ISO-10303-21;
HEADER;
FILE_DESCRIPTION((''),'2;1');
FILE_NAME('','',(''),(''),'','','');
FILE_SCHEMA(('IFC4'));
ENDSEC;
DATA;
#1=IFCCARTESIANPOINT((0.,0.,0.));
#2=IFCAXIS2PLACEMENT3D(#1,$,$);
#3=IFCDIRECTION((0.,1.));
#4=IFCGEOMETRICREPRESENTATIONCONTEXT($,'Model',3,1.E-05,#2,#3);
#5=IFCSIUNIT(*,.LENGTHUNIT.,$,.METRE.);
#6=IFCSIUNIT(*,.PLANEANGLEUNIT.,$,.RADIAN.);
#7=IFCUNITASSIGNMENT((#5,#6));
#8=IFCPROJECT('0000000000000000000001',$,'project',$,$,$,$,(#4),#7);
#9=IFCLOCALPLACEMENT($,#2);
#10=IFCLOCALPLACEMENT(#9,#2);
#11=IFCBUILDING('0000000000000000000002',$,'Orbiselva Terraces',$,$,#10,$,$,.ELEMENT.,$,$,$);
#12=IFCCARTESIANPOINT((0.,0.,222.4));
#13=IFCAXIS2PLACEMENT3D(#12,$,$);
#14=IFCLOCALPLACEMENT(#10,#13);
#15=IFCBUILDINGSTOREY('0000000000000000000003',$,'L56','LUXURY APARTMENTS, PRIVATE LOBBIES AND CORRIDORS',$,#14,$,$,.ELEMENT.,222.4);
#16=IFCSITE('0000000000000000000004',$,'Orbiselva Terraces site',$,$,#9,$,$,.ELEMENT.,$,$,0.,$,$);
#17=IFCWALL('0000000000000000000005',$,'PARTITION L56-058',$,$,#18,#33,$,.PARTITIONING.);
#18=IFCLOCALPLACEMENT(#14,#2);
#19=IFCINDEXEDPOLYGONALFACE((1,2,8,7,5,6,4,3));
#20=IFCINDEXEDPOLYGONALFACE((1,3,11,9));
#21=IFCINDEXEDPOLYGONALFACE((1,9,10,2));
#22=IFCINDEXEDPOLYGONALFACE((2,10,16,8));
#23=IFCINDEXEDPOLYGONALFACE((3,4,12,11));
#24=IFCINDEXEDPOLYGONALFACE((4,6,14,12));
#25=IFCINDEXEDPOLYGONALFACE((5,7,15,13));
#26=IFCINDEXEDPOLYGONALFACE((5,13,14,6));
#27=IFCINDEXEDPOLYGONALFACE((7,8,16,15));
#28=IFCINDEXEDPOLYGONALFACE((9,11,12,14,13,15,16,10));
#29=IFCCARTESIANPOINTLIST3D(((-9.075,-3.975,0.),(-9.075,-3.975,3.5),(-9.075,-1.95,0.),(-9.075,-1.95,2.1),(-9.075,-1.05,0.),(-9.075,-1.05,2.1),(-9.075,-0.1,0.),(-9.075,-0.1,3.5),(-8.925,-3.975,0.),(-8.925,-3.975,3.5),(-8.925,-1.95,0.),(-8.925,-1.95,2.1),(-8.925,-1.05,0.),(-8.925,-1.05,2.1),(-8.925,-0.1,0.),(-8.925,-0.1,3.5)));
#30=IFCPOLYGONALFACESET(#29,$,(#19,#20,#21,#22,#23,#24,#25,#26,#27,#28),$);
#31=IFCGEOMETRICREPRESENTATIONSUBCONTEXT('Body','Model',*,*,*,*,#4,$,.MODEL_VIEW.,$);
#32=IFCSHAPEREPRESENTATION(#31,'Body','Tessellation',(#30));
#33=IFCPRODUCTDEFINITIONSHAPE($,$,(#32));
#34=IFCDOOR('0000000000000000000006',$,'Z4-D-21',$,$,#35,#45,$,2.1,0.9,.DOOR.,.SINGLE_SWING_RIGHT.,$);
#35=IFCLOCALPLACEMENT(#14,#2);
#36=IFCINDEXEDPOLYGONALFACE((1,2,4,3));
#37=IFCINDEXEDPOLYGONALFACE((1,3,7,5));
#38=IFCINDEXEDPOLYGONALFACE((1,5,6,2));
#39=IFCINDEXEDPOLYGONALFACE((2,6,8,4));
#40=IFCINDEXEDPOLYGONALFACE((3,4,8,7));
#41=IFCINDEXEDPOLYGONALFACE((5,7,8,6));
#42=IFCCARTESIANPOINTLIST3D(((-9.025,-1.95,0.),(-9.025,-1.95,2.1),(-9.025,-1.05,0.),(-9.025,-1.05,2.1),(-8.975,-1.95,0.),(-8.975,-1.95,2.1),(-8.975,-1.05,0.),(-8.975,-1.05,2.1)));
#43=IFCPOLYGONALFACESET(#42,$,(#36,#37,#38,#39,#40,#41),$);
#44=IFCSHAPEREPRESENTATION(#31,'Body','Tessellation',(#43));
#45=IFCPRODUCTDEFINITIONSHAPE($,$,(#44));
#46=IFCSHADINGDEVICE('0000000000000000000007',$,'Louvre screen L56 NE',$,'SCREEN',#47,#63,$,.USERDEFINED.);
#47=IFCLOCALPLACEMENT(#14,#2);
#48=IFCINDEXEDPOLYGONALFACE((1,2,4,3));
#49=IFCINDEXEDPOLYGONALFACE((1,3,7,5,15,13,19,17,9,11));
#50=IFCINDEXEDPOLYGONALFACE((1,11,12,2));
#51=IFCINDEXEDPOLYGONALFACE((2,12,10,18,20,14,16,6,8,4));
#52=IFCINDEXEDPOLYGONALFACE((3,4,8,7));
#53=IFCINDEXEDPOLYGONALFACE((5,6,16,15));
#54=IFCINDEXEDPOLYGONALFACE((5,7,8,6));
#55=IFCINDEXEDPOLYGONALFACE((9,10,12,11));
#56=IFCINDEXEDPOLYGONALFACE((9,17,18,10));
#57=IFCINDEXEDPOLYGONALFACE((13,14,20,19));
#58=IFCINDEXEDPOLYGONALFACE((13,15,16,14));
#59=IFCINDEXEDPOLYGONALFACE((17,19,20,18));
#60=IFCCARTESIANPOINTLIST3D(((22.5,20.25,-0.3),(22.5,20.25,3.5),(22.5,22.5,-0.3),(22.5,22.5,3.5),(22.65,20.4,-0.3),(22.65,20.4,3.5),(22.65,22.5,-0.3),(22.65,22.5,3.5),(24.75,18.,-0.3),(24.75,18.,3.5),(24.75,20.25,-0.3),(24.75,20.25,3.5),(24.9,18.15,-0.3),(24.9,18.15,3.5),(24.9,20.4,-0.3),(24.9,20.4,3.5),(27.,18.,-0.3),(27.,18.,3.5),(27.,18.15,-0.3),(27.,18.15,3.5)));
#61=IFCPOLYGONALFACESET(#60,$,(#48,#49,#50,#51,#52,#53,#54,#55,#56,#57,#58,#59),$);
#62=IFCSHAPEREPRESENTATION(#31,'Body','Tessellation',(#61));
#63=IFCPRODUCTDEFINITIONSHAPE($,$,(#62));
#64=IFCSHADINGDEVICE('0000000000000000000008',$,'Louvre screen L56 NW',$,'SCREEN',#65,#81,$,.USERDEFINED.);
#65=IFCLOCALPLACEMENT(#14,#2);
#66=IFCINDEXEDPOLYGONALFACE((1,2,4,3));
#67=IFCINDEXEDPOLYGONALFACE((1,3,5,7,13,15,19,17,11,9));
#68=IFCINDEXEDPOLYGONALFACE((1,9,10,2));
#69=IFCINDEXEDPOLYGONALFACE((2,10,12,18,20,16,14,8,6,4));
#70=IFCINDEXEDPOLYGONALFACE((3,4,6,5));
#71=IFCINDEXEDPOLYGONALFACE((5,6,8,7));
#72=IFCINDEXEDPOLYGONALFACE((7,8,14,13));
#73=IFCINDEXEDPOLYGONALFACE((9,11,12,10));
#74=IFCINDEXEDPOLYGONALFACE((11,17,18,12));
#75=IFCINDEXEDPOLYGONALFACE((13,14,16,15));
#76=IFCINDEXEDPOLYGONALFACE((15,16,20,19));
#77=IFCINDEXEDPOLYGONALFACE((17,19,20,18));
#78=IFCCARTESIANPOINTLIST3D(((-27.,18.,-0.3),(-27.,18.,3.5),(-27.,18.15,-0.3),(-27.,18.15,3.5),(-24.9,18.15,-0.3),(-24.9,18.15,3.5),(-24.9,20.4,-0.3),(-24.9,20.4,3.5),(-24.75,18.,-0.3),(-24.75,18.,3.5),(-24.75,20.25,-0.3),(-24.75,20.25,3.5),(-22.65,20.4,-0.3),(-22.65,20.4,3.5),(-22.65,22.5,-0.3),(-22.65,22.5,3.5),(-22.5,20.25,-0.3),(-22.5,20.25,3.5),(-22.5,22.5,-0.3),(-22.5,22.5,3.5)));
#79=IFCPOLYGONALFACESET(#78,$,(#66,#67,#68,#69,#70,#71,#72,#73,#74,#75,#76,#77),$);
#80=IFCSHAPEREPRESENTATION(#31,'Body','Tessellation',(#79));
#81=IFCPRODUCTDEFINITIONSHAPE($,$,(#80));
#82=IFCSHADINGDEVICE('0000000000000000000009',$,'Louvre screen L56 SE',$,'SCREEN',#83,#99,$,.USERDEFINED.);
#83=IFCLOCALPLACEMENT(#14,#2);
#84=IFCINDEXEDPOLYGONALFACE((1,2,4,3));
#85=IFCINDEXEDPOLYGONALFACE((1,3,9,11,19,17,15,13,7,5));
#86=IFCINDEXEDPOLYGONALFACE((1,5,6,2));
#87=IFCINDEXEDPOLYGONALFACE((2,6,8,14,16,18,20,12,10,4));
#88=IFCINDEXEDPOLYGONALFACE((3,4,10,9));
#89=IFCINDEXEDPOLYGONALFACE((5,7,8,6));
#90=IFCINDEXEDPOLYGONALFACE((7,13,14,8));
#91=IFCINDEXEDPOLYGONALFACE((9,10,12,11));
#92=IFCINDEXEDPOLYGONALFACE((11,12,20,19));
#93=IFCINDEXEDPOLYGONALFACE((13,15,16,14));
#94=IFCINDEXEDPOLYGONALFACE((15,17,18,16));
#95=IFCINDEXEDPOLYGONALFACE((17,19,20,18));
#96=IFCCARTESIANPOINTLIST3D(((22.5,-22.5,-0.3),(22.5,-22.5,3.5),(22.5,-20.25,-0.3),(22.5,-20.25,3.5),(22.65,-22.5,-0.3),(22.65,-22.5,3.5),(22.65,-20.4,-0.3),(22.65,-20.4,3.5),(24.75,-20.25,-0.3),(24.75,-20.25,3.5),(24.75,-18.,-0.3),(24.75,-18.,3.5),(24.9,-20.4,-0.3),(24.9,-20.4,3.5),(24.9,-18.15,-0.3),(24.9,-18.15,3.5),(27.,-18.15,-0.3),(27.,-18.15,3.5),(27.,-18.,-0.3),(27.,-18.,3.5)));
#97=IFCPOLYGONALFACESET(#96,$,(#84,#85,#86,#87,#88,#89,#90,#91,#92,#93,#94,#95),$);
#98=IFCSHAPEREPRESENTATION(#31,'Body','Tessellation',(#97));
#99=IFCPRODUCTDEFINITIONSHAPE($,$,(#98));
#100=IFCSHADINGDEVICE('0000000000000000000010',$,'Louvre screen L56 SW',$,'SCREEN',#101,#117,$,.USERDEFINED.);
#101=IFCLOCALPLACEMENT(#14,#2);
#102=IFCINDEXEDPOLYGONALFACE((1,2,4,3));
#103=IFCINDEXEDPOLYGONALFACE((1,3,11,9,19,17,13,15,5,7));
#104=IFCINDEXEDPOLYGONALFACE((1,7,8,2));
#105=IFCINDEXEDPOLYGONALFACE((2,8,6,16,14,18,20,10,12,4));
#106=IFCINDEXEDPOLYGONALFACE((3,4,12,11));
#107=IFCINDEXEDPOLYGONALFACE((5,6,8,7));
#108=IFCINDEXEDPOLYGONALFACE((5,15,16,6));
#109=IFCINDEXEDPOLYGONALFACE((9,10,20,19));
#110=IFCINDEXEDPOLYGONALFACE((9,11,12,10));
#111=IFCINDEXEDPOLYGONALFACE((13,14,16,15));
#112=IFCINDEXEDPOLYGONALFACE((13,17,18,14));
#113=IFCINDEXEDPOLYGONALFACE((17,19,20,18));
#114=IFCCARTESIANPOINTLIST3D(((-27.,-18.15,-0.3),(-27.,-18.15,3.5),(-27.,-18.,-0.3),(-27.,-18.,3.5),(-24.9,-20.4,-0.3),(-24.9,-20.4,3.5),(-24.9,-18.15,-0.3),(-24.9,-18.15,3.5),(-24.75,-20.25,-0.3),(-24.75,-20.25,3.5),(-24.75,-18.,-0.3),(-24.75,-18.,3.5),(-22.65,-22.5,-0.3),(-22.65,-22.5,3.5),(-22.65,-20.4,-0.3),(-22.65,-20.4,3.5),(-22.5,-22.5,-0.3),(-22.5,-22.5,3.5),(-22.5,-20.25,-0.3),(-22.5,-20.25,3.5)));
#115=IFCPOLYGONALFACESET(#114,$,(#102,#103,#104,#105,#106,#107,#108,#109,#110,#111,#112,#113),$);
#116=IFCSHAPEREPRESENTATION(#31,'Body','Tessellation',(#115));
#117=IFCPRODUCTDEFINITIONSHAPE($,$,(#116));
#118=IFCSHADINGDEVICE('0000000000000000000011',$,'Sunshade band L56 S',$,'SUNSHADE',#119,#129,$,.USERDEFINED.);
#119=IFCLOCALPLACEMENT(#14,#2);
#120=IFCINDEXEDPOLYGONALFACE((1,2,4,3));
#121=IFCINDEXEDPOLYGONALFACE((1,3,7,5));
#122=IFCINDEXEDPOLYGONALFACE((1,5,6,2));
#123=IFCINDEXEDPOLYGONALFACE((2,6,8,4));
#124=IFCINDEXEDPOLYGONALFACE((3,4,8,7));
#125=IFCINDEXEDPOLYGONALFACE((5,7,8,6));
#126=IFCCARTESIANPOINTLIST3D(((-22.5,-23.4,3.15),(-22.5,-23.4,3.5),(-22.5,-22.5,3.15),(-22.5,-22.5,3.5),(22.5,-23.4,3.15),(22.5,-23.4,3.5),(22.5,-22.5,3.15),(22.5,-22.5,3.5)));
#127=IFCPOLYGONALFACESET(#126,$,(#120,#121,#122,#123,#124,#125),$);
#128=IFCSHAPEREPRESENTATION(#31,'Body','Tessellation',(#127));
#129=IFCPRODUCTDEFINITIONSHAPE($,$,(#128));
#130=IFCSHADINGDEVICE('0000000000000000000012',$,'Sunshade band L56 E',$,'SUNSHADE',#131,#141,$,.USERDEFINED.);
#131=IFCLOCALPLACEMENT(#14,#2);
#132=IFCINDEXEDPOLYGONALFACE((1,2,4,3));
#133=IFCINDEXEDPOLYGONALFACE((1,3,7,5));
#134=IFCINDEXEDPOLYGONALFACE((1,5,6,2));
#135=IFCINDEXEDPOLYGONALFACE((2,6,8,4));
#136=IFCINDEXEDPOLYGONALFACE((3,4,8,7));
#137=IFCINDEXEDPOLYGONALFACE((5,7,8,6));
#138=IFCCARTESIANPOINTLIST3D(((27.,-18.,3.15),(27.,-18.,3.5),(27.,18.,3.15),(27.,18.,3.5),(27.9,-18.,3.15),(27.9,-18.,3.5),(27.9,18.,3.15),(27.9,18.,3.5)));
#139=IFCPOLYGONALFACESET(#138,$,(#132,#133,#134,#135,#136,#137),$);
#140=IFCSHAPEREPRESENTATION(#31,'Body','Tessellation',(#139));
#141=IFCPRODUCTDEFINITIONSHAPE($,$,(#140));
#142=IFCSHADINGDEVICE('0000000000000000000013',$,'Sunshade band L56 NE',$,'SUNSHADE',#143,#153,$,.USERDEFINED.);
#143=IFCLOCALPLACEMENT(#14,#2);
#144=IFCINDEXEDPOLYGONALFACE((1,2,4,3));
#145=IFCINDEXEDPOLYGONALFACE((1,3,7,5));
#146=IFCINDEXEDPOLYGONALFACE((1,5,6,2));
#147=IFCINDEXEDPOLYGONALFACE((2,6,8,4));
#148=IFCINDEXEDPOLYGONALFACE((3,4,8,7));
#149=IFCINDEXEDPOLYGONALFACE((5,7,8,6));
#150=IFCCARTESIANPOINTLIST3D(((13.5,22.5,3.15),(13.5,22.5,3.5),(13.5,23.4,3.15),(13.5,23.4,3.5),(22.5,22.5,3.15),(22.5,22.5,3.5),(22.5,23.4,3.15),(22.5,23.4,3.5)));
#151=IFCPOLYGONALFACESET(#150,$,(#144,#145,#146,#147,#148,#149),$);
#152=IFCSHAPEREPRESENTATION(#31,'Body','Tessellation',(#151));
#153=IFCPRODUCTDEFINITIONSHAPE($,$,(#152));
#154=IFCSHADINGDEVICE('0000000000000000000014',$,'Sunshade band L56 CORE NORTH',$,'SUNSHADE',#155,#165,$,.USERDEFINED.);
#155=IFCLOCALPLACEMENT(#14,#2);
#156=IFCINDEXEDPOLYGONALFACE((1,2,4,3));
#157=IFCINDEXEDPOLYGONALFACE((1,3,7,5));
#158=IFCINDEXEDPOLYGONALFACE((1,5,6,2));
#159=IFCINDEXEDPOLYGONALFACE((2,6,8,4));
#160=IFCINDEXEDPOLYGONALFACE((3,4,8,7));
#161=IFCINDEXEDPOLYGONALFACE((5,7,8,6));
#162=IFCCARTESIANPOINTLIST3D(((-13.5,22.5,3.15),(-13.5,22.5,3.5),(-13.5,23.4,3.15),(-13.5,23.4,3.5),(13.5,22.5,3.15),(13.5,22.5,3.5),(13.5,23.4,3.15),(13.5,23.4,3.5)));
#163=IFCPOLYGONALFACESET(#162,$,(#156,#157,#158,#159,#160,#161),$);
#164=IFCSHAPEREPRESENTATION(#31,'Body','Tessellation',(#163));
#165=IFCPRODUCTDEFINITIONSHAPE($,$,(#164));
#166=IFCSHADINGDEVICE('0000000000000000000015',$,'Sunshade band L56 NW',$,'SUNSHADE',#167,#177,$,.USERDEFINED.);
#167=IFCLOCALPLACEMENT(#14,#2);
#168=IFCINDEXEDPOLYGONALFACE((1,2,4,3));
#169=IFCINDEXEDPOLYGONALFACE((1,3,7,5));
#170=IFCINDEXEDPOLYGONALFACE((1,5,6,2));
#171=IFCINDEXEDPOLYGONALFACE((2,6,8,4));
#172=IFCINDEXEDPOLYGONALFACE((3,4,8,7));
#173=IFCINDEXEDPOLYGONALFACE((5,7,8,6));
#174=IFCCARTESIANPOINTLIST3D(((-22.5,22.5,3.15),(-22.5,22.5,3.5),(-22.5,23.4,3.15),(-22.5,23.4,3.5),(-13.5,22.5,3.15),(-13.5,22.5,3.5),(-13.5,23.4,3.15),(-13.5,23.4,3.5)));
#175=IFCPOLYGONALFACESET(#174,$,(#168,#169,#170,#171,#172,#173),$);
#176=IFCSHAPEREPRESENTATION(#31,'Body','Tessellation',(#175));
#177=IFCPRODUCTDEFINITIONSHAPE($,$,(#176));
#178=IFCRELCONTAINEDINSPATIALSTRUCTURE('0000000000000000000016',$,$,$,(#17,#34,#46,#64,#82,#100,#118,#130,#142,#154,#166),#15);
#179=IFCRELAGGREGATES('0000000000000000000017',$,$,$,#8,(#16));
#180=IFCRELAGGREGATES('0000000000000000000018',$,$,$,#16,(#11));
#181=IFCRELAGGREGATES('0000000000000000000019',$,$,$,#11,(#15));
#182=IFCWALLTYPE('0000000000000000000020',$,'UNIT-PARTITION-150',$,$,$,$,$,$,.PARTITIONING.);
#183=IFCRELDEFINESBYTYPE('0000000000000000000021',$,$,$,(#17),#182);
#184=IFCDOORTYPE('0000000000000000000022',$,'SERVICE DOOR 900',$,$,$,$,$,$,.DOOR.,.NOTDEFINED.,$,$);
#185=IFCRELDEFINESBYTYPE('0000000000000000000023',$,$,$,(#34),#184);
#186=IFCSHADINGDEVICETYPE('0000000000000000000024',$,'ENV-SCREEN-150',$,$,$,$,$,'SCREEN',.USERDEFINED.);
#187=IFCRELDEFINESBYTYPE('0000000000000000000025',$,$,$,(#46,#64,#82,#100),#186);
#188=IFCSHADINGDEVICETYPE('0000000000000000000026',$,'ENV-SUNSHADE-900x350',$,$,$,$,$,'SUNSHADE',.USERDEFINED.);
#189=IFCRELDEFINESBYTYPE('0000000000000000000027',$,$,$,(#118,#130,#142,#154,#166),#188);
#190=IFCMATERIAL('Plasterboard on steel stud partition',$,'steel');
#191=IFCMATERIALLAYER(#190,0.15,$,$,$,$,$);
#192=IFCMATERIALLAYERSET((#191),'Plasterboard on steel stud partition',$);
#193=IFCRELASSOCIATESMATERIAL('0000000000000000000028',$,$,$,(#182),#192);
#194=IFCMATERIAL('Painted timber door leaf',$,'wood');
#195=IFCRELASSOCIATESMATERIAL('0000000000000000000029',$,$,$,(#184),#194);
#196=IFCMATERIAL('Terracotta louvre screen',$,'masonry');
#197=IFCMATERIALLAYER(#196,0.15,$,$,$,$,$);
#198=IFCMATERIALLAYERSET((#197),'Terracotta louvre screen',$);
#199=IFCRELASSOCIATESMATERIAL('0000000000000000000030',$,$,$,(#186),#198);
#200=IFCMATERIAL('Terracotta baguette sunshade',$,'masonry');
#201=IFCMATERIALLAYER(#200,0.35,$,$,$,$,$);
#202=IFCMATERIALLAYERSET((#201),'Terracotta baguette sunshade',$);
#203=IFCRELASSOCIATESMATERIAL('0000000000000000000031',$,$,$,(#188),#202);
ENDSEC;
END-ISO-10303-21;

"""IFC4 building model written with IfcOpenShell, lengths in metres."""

from ifc_helpers import new_model, si_unit, direction, frame, frame_2d, origin, place, context, subcontext, project, spatial, polyline, rectangle, outline, extrude, material, layer, layer_set, type_object, element, fill, save


model = new_model("IFC4")

# Units and contexts
model_context = context("Model", 3, precision=1e-05, world=origin(), true_north=direction((0.0, 1.0)))
body_context = subcontext(model_context, "Body", "Model", "MODEL_VIEW")
ifc_project = project(units=[si_unit("LENGTHUNIT", "METRE"), si_unit("PLANEANGLEUNIT", "RADIAN")], contexts=[model_context])

# Site, building, storey
site_placement = place(None, origin())
site = spatial("IfcSite", under=ifc_project, at=site_placement, Name="Orbiselva Terraces site", CompositionType="ELEMENT", RefElevation=0.0)
building_placement = place(site_placement, origin())
building = spatial("IfcBuilding", under=site, at=building_placement, Name="Orbiselva Terraces", CompositionType="ELEMENT")
storey_placement = place(building_placement, frame((0.0, 0.0, 222.4)))
storey = spatial("IfcBuildingStorey", under=building, at=storey_placement, Name="L56", Description="LUXURY APARTMENTS, PRIVATE LOBBIES AND CORRIDORS", CompositionType="ELEMENT", Elevation=222.4)

# Shared definitions
ifc_material_1 = material(Name="Plasterboard on steel stud partition", Category="steel")
ifc_layer_1 = layer(ifc_material_1, 0.15)
ifc_layer_set_1 = layer_set([ifc_layer_1], Name="Plasterboard on steel stud partition")
wall_type = type_object("IfcWallType", Name="UNIT-PARTITION-150", PredefinedType="PARTITIONING", material=ifc_layer_set_1)

# Wall, opening, door
ifc_material_2 = material(Name="Painted timber door leaf", Category="wood")
wall_1_placement = place(storey_placement, frame((-9.0, -3.975, 0.0), z_axis=(0.0, 0.0, 1.0), x_axis=(0.0, 1.0, 0.0)))
wall_1 = element("IfcWall", 1, at=wall_1_placement, inside=storey, type_object=wall_type, Name="PARTITION L56-058", PredefinedType="PARTITIONING", context=body_context, shape_type="SweptSolid", body=[
    extrude(rectangle(XDim=3.875, YDim=0.15, at=frame_2d((1.9375, 0.0))), origin(), (0.0, 0.0, 1.0), 3.5),
])
opening_1_placement = place(wall_1_placement, frame((2.025, 0.0, 0.0)))
opening_1 = element("IfcOpeningElement", 2, at=opening_1_placement, cuts=wall_1, PredefinedType="OPENING", context=body_context, shape_type="SweptSolid", body=[
    extrude(rectangle(XDim=0.9, YDim=2.1, at=frame_2d((0.45, 1.05))), frame((0.0, 0.085, 0.0), z_axis=(0.0, -1.0, 0.0), x_axis=(1.0, 0.0, 0.0)), (0.0, 0.0, 1.0), 0.17),
])
door_type_1 = type_object("IfcDoorType", Name="SERVICE DOOR 900", OperationType="NOTDEFINED", PredefinedType="DOOR", material=ifc_material_2)
door_1_placement = place(opening_1_placement, origin())
door_1 = element("IfcDoor", 3, at=door_1_placement, inside=storey, type_object=door_type_1, Name="Z4-D-21", OperationType="SINGLE_SWING_RIGHT", OverallHeight=2.1, OverallWidth=0.9, PredefinedType="DOOR", context=body_context, shape_type="SweptSolid", body=[
    extrude(rectangle(XDim=0.9, YDim=2.1, at=frame_2d((0.45, 1.05))), frame((0.0, 0.025, 0.0), z_axis=(0.0, -1.0, 0.0), x_axis=(1.0, 0.0, 0.0)), (0.0, 0.0, 1.0), 0.05),
])
fill(opening_1, door_1)

# Shading devices
ifc_material_3 = material(Name="Terracotta louvre screen", Category="masonry")
ifc_layer_2 = layer(ifc_material_3, 0.15)
ifc_layer_set_2 = layer_set([ifc_layer_2], Name="Terracotta louvre screen")
shading_device_type_1 = type_object("IfcShadingDeviceType", Name="ENV-SCREEN-150", ElementType="SCREEN", PredefinedType="USERDEFINED", material=ifc_layer_set_2)
shading_device_1_placement = place(storey_placement, frame((0.0, 0.0, -0.3)))
element("IfcShadingDevice", 4, at=shading_device_1_placement, inside=storey, type_object=shading_device_type_1, Name="Louvre screen L56 NE", ObjectType="SCREEN", PredefinedType="USERDEFINED", context=body_context, shape_type="SweptSolid", body=[
    extrude(outline(polyline([(27.0, 18.15), (24.9, 18.15), (24.9, 20.4), (22.65, 20.4), (22.65, 22.5), (22.5, 22.5), (22.5, 20.25), (24.75, 20.25), (24.75, 18.0), (27.0, 18.0), (27.0, 18.15)])), origin(), (0.0, 0.0, 1.0), 3.8),
])
shading_device_2_placement = place(storey_placement, frame((0.0, 0.0, -0.3)))
element("IfcShadingDevice", 5, at=shading_device_2_placement, inside=storey, type_object=shading_device_type_1, Name="Louvre screen L56 NW", ObjectType="SCREEN", PredefinedType="USERDEFINED", context=body_context, shape_type="SweptSolid", body=[
    extrude(outline(polyline([(-22.65, 22.5), (-22.65, 20.4), (-24.9, 20.4), (-24.9, 18.15), (-27.0, 18.15), (-27.0, 18.0), (-24.75, 18.0), (-24.75, 20.25), (-22.5, 20.25), (-22.5, 22.5), (-22.65, 22.5)])), origin(), (0.0, 0.0, 1.0), 3.8),
])
shading_device_3_placement = place(storey_placement, frame((0.0, 0.0, -0.3)))
element("IfcShadingDevice", 6, at=shading_device_3_placement, inside=storey, type_object=shading_device_type_1, Name="Louvre screen L56 SE", ObjectType="SCREEN", PredefinedType="USERDEFINED", context=body_context, shape_type="SweptSolid", body=[
    extrude(outline(polyline([(22.65, -22.5), (22.65, -20.4), (24.9, -20.4), (24.9, -18.15), (27.0, -18.15), (27.0, -18.0), (24.75, -18.0), (24.75, -20.25), (22.5, -20.25), (22.5, -22.5), (22.65, -22.5)])), origin(), (0.0, 0.0, 1.0), 3.8),
])
shading_device_4_placement = place(storey_placement, frame((0.0, 0.0, -0.3)))
element("IfcShadingDevice", 7, at=shading_device_4_placement, inside=storey, type_object=shading_device_type_1, Name="Louvre screen L56 SW", ObjectType="SCREEN", PredefinedType="USERDEFINED", context=body_context, shape_type="SweptSolid", body=[
    extrude(outline(polyline([(-27.0, -18.15), (-24.9, -18.15), (-24.9, -20.4), (-22.65, -20.4), (-22.65, -22.5), (-22.5, -22.5), (-22.5, -20.25), (-24.75, -20.25), (-24.75, -18.0), (-27.0, -18.0), (-27.0, -18.15)])), origin(), (0.0, 0.0, 1.0), 3.8),
])
ifc_material_4 = material(Name="Terracotta baguette sunshade", Category="masonry")
ifc_layer_3 = layer(ifc_material_4, 0.35)
ifc_layer_set_3 = layer_set([ifc_layer_3], Name="Terracotta baguette sunshade")
shading_device_type_2 = type_object("IfcShadingDeviceType", Name="ENV-SUNSHADE-900x350", ElementType="SUNSHADE", PredefinedType="USERDEFINED", material=ifc_layer_set_3)
shading_device_5_placement = place(storey_placement, frame((0.0, 0.0, 3.15)))
element("IfcShadingDevice", 8, at=shading_device_5_placement, inside=storey, type_object=shading_device_type_2, Name="Sunshade band L56 S", ObjectType="SUNSHADE", PredefinedType="USERDEFINED", context=body_context, shape_type="SweptSolid", body=[
    extrude(outline(polyline([(-22.5, -23.4), (22.5, -23.4), (22.5, -22.5), (-22.5, -22.5), (-22.5, -23.4)])), origin(), (0.0, 0.0, 1.0), 0.35),
])
shading_device_6_placement = place(storey_placement, frame((0.0, 0.0, 3.15)))
element("IfcShadingDevice", 9, at=shading_device_6_placement, inside=storey, type_object=shading_device_type_2, Name="Sunshade band L56 E", ObjectType="SUNSHADE", PredefinedType="USERDEFINED", context=body_context, shape_type="SweptSolid", body=[
    extrude(outline(polyline([(27.9, -18.0), (27.9, 18.0), (27.0, 18.0), (27.0, -18.0), (27.9, -18.0)])), origin(), (0.0, 0.0, 1.0), 0.35),
])
shading_device_7_placement = place(storey_placement, frame((0.0, 0.0, 3.15)))
element("IfcShadingDevice", 10, at=shading_device_7_placement, inside=storey, type_object=shading_device_type_2, Name="Sunshade band L56 NE", ObjectType="SUNSHADE", PredefinedType="USERDEFINED", context=body_context, shape_type="SweptSolid", body=[
    extrude(outline(polyline([(22.5, 23.4), (13.5, 23.4), (13.5, 22.5), (22.5, 22.5), (22.5, 23.4)])), origin(), (0.0, 0.0, 1.0), 0.35),
])
shading_device_8_placement = place(storey_placement, frame((0.0, 0.0, 3.15)))
element("IfcShadingDevice", 11, at=shading_device_8_placement, inside=storey, type_object=shading_device_type_2, Name="Sunshade band L56 CORE NORTH", ObjectType="SUNSHADE", PredefinedType="USERDEFINED", context=body_context, shape_type="SweptSolid", body=[
    extrude(outline(polyline([(13.5, 23.4), (-13.5, 23.4), (-13.5, 22.5), (13.5, 22.5), (13.5, 23.4)])), origin(), (0.0, 0.0, 1.0), 0.35),
])
shading_device_9_placement = place(storey_placement, frame((0.0, 0.0, 3.15)))
element("IfcShadingDevice", 12, at=shading_device_9_placement, inside=storey, type_object=shading_device_type_2, Name="Sunshade band L56 NW", ObjectType="SUNSHADE", PredefinedType="USERDEFINED", context=body_context, shape_type="SweptSolid", body=[
    extrude(outline(polyline([(-13.5, 23.4), (-22.5, 23.4), (-22.5, 22.5), (-13.5, 22.5), (-13.5, 23.4)])), origin(), (0.0, 0.0, 1.0), 0.35),
])

save(model, "model.ifc")
